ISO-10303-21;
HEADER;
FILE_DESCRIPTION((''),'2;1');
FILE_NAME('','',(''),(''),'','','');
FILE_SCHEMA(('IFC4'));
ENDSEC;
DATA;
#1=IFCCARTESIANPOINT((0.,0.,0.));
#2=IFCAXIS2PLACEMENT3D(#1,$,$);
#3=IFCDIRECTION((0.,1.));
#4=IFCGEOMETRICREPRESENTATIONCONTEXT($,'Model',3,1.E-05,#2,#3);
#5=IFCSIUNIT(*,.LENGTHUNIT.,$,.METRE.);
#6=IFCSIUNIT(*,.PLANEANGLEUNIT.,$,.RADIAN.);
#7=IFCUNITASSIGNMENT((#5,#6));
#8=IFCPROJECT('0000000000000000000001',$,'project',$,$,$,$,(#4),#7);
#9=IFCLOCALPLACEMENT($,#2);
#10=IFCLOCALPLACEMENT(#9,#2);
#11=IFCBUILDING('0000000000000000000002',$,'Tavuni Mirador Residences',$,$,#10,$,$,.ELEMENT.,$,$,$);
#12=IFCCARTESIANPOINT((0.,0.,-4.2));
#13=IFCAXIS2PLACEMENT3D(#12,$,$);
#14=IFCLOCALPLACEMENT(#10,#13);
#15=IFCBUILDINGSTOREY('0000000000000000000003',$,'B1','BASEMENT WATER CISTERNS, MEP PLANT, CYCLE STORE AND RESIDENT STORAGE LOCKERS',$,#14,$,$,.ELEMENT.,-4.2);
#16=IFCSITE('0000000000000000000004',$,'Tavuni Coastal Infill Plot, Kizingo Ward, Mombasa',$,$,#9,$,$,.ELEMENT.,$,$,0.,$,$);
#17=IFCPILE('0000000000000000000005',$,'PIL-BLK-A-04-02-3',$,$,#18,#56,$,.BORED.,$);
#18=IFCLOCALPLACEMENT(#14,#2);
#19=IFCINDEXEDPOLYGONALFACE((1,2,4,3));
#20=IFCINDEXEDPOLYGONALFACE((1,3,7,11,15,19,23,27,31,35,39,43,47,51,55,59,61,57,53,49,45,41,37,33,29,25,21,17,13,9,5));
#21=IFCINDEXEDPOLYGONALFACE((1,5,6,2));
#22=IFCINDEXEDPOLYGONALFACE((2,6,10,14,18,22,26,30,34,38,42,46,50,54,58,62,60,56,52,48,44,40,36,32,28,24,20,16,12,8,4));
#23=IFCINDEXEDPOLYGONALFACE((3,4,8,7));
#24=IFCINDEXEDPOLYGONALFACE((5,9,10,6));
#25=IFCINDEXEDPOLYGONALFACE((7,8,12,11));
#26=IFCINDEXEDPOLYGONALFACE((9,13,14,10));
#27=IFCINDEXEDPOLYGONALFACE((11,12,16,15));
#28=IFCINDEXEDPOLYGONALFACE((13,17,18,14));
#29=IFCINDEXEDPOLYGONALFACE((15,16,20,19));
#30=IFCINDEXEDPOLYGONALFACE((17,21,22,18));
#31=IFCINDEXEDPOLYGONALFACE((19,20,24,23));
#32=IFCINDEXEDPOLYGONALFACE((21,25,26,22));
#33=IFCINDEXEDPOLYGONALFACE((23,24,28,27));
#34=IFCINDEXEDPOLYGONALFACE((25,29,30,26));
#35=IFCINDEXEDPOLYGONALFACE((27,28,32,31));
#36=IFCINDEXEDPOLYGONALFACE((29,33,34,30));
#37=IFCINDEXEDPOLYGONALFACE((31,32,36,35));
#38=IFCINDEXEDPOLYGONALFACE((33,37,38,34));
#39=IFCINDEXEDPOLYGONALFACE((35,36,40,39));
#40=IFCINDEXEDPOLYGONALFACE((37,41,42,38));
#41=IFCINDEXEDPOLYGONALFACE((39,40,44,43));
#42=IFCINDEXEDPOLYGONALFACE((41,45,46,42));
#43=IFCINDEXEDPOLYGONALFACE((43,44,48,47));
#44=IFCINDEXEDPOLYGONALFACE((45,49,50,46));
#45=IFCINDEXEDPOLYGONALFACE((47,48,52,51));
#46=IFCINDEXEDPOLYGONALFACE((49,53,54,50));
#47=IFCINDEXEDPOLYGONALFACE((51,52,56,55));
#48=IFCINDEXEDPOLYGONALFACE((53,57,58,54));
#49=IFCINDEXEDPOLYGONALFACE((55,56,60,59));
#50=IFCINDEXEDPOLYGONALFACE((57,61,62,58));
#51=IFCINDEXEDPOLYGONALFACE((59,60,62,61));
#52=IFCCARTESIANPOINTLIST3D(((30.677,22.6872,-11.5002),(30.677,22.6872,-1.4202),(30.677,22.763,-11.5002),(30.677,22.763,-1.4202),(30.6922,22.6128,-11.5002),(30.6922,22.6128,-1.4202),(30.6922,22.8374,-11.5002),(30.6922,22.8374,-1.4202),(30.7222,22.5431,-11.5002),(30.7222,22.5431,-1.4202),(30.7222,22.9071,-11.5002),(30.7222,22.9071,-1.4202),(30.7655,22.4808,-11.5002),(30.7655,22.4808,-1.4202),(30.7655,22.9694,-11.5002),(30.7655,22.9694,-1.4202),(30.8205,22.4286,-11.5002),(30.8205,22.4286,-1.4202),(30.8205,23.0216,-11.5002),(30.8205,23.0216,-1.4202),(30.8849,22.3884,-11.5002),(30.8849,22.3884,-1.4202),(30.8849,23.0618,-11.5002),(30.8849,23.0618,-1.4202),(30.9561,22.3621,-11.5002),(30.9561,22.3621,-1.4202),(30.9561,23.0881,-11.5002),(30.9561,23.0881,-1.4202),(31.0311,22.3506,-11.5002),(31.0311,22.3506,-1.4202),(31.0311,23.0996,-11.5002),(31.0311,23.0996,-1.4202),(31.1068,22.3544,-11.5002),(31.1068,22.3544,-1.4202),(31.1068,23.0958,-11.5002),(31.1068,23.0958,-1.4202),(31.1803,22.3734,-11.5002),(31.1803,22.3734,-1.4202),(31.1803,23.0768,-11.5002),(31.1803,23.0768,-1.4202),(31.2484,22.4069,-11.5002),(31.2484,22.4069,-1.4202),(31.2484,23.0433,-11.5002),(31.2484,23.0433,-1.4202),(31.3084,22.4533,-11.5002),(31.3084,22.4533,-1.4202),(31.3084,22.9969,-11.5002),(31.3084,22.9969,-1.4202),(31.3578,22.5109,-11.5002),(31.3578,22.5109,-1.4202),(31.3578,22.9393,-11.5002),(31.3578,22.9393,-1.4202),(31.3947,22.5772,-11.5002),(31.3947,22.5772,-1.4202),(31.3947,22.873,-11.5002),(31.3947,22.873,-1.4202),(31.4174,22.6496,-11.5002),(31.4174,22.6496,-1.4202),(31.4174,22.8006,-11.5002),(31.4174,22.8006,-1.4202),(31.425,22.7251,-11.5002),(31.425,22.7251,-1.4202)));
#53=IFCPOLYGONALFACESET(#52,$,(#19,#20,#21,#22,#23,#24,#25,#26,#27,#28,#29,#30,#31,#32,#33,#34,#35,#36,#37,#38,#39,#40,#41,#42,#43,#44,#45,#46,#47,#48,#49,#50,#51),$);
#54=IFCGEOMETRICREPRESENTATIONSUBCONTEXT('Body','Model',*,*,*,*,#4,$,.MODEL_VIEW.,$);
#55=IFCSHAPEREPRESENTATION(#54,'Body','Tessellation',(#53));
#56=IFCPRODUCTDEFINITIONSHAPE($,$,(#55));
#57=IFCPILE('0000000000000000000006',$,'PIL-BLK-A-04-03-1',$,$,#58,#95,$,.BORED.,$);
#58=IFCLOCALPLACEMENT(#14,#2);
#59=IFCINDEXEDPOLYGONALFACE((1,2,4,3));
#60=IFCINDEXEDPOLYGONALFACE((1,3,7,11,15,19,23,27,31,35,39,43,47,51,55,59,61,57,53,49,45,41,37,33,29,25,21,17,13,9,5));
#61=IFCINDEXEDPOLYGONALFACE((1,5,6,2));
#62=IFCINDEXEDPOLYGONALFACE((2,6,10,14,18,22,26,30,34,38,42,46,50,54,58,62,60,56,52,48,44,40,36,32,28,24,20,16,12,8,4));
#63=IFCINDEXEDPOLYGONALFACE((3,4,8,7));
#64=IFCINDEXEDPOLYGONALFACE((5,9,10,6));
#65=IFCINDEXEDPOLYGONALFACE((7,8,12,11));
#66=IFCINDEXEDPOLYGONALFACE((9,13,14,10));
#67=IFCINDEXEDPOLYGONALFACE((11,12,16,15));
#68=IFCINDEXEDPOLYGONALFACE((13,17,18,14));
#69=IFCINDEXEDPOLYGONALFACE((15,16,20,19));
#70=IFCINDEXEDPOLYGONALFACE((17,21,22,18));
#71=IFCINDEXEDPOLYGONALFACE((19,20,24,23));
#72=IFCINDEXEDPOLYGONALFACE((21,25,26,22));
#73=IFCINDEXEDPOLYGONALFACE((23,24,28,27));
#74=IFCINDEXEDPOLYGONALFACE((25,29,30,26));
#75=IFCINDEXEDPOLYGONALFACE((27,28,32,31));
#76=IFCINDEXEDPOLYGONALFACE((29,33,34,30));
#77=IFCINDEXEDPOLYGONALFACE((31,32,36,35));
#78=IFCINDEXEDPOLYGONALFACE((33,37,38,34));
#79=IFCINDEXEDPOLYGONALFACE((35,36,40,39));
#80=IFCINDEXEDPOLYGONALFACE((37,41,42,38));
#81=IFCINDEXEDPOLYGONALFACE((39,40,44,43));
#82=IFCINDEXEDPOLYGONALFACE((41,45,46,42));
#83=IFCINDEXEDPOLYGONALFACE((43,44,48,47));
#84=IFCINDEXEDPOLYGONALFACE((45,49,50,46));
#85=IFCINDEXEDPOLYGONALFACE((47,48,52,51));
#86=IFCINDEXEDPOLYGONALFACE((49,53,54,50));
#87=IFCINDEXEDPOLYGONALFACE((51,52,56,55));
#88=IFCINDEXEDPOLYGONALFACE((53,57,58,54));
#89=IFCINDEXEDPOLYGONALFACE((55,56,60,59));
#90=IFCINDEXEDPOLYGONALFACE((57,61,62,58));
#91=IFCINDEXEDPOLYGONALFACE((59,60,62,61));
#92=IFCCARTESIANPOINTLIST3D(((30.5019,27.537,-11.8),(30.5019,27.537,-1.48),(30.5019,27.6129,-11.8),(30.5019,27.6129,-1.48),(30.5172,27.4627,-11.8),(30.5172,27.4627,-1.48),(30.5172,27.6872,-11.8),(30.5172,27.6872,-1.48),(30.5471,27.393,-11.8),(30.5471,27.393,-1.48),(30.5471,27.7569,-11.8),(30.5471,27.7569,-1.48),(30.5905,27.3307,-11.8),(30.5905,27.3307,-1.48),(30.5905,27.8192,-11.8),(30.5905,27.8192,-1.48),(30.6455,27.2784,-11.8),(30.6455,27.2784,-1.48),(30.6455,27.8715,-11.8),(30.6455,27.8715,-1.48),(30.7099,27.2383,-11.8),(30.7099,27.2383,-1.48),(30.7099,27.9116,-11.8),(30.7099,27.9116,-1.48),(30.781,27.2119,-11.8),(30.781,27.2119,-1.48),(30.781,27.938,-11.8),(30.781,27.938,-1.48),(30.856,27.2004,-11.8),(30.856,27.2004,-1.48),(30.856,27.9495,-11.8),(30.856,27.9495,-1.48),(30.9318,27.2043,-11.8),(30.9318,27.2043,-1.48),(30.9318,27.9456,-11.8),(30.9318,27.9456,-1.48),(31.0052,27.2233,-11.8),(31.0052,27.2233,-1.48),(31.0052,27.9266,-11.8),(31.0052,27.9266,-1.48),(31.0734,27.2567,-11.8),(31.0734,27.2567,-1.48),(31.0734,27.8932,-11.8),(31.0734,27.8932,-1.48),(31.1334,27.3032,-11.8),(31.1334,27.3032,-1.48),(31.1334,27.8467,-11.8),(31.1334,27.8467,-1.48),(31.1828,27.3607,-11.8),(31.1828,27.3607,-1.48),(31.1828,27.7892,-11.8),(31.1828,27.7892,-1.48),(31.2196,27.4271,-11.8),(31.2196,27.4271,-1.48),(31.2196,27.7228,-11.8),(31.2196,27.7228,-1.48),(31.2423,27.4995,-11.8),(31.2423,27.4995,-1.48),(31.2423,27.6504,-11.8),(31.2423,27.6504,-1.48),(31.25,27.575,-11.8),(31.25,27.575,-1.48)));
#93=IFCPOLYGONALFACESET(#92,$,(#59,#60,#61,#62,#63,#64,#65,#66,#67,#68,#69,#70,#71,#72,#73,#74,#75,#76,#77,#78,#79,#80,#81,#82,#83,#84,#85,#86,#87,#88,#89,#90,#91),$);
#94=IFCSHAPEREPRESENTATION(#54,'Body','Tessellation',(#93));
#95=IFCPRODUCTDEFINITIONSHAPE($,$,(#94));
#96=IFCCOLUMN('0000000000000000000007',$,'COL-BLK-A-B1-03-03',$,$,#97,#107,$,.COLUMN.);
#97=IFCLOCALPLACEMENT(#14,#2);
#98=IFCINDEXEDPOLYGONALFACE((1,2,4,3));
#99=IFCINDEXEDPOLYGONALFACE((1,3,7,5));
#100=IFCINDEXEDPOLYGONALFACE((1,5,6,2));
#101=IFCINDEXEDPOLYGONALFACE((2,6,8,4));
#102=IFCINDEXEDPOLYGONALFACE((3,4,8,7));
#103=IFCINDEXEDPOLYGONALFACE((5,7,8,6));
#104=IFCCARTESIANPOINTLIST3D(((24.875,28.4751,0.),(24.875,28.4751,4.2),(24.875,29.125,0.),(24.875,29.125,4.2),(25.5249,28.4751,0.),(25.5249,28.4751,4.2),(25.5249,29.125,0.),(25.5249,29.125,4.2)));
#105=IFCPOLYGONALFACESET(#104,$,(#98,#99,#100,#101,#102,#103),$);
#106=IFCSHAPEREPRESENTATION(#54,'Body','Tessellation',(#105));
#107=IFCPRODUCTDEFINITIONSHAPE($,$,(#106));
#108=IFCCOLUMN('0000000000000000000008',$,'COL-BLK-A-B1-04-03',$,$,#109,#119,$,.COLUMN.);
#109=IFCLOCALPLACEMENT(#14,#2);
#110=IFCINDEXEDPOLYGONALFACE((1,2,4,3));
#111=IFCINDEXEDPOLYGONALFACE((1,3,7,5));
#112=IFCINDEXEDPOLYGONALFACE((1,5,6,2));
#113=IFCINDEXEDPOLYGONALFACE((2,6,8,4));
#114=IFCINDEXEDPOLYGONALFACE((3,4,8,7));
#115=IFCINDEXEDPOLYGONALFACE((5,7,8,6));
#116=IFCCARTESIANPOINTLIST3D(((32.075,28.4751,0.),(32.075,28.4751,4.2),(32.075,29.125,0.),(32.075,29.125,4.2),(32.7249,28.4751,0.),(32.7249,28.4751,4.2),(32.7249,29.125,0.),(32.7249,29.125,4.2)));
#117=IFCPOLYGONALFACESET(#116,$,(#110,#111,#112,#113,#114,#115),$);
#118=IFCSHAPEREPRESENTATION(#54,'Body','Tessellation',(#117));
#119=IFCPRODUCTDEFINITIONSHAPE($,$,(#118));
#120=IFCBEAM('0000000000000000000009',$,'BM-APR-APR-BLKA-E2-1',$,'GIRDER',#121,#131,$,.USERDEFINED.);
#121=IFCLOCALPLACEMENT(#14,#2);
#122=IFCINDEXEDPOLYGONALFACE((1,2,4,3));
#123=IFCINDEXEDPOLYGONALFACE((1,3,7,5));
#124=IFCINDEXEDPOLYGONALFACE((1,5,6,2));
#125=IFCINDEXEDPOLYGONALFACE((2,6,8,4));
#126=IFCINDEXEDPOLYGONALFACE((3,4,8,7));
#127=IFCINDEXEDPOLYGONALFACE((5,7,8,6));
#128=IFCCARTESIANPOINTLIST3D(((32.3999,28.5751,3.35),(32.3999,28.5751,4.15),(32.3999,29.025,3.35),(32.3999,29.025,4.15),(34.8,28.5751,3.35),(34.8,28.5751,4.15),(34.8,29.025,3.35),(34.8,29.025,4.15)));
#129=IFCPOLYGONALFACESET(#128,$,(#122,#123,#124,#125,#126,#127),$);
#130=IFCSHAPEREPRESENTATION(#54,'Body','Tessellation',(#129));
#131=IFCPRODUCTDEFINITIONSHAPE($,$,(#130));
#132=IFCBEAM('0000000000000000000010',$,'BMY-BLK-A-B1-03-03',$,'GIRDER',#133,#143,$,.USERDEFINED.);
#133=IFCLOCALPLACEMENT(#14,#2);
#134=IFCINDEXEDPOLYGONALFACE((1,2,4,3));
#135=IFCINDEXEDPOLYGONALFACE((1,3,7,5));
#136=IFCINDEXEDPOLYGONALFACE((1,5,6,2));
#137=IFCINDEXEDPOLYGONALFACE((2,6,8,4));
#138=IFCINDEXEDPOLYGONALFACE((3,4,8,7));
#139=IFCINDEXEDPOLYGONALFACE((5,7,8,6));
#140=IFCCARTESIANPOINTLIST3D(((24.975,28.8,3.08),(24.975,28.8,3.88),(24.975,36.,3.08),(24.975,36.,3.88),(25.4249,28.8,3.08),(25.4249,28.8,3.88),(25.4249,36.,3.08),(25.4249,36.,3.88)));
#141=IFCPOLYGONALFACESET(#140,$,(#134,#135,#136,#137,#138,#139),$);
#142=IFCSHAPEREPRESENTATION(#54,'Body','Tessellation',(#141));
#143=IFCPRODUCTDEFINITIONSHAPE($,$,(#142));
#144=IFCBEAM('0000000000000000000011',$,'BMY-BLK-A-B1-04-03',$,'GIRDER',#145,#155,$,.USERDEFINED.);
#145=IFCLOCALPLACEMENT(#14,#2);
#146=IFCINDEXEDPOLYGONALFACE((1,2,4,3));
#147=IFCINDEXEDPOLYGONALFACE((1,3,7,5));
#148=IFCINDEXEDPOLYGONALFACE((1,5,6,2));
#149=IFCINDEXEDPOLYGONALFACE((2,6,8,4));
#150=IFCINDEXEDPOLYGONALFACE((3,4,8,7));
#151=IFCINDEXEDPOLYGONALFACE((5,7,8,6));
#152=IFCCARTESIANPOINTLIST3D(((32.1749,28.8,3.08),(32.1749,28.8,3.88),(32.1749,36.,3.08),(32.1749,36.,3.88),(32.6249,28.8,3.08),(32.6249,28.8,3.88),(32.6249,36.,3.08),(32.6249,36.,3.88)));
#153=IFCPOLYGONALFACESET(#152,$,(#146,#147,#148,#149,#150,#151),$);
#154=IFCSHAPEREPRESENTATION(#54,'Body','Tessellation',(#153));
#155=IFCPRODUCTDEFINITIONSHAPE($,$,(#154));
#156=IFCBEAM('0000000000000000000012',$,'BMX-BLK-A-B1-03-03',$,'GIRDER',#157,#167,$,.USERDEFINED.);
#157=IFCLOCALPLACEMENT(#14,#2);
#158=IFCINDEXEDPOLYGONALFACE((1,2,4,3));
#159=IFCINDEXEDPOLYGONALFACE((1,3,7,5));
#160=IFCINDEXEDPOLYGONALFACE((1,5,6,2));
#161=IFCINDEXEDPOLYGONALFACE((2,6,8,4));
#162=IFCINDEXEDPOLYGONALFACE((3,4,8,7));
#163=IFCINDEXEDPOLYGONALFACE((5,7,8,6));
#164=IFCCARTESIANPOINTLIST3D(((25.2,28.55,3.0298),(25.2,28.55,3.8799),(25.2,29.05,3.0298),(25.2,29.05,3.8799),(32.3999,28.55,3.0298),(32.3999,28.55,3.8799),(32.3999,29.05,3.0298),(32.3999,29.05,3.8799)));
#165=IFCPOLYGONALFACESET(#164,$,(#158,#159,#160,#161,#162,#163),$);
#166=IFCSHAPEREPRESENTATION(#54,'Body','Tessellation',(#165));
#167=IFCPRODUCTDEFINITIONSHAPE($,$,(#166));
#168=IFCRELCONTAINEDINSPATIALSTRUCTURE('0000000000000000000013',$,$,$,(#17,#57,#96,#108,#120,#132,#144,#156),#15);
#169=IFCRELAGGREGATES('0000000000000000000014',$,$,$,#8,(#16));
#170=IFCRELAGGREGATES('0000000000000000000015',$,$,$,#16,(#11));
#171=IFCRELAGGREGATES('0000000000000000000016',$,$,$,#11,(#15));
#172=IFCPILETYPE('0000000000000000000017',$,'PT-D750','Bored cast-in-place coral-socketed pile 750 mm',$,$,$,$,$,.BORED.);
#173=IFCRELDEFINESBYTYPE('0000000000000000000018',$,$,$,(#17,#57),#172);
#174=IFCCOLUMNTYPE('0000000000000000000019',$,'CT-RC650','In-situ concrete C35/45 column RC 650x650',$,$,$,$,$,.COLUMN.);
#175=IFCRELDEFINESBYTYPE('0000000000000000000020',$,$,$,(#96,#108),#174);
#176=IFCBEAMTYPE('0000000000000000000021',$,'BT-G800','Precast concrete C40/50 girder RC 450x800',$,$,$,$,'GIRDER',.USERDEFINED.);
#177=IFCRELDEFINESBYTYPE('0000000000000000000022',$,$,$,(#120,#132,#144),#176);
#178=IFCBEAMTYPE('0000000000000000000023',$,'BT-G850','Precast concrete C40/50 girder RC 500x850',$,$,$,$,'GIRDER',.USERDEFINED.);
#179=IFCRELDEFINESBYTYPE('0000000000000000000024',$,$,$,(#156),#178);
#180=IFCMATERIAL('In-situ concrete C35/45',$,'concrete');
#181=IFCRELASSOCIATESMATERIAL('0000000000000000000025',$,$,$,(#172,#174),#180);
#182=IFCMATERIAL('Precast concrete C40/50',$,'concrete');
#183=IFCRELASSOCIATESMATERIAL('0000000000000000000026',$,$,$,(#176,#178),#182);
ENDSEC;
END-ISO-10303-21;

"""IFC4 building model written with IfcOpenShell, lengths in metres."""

from ifc_helpers import new_model, si_unit, direction, frame, origin, origin_2d, place, context, subcontext, project, spatial, rectangle, circle, extrude, material, material_profile, profile_set, type_object, element, save


model = new_model("IFC4")

# Units and contexts
model_context = context("Model", 3, precision=1e-05, world=origin(), true_north=direction((0.0, 1.0)))
body_context = subcontext(model_context, "Body", "Model", "MODEL_VIEW")
ifc_project = project(units=[si_unit("LENGTHUNIT", "METRE"), si_unit("PLANEANGLEUNIT", "RADIAN")], contexts=[model_context])

# Site, building, storey
site_placement = place(None, origin())
site = spatial("IfcSite", under=ifc_project, at=site_placement, Name="Tavuni Coastal Infill Plot, Kizingo Ward, Mombasa", CompositionType="ELEMENT", RefElevation=0.0)
building_placement = place(site_placement, origin())
building = spatial("IfcBuilding", under=site, at=building_placement, Name="Tavuni Mirador Residences", CompositionType="ELEMENT")
storey_placement = place(building_placement, frame((0.0, 0.0, -4.2)))
storey = spatial("IfcBuildingStorey", under=building, at=storey_placement, Name="B1", Description="BASEMENT WATER CISTERNS, MEP PLANT, CYCLE STORE AND RESIDENT STORAGE LOCKERS", CompositionType="ELEMENT", Elevation=-4.2)

# Shared definitions
ifc_material_1 = material(Name="In-situ concrete C35/45", Category="concrete")

# Piles
ifc_material_profile_1 = material_profile(ifc_material_1, circle(Radius=0.375, at=origin_2d()), Name="PILE D750", Category="concrete")
ifc_profile_set_1 = profile_set([ifc_material_profile_1], Name="In-situ concrete C35/45")
pile_type_1 = type_object("IfcPileType", Name="PT-D750", Description="Bored cast-in-place coral-socketed pile 750 mm", PredefinedType="BORED", material=ifc_profile_set_1)
pile_1_placement = place(storey_placement, frame((31.05, 22.7251, -1.4202), z_axis=(0.0, 0.0, -1.0), x_axis=(1.0, 0.0, 0.0)))
element("IfcPile", 1, at=pile_1_placement, inside=storey, type_object=pile_type_1, Name="PIL-BLK-A-04-02-3", PredefinedType="BORED", context=body_context, shape_type="SweptSolid", body=[
    extrude(circle(Radius=0.375, at=origin_2d()), origin(), (0.0, 0.0, 1.0), 10.0801),
])
pile_2_placement = place(storey_placement, frame((30.875, 27.575, -1.48), z_axis=(0.0, 0.0, -1.0), x_axis=(1.0, 0.0, 0.0)))
element("IfcPile", 2, at=pile_2_placement, inside=storey, type_object=pile_type_1, Name="PIL-BLK-A-04-03-1", PredefinedType="BORED", context=body_context, shape_type="SweptSolid", body=[
    extrude(circle(Radius=0.375, at=origin_2d()), origin(), (0.0, 0.0, 1.0), 10.3201),
])

# Columns
ifc_material_profile_2 = material_profile(ifc_material_1, rectangle(XDim=0.6499, YDim=0.6499, at=origin_2d()), Name="RC 650x650", Category="concrete")
ifc_profile_set_2 = profile_set([ifc_material_profile_2], Name="In-situ concrete C35/45")
column_type = type_object("IfcColumnType", Name="CT-RC650", Description="In-situ concrete C35/45 column RC 650x650", PredefinedType="COLUMN", material=ifc_profile_set_2)
for number, where, z_axis, x_axis, name in (
    (3, (25.2, 28.8, 0.0), (0.0, 0.0, 1.0), (1.0, 0.0, 0.0), "COL-BLK-A-B1-03-03"),
    (4, (32.3999, 28.8, 0.0), (0.0, 0.0, 1.0), (1.0, 0.0, 0.0), "COL-BLK-A-B1-04-03"),
):
    element("IfcColumn", number, at=place(storey_placement, frame(where, z_axis=z_axis, x_axis=x_axis)), inside=storey, type_object=column_type, Name=name, PredefinedType="COLUMN", context=body_context, shape_type="SweptSolid", body=[
        extrude(rectangle(XDim=0.6499, YDim=0.6499, at=origin_2d()), origin(), (0.0, 0.0, 1.0), 4.2),
    ])

# Beams
ifc_material_2 = material(Name="Precast concrete C40/50", Category="concrete")
ifc_material_profile_3 = material_profile(ifc_material_2, rectangle(XDim=0.45, YDim=0.8, at=origin_2d()), Name="RC 450x800", Category="concrete")
ifc_profile_set_3 = profile_set([ifc_material_profile_3], Name="Precast concrete C40/50")
beam_type_1 = type_object("IfcBeamType", Name="BT-G800", Description="Precast concrete C40/50 girder RC 450x800", ElementType="GIRDER", PredefinedType="USERDEFINED", material=ifc_profile_set_3)
beam_1_placement = place(storey_placement, frame((32.3999, 28.8, 3.75), z_axis=(1.0, 0.0, 0.0), x_axis=(0.0, 1.0, 0.0)))
element("IfcBeam", 5, at=beam_1_placement, inside=storey, type_object=beam_type_1, Name="BM-APR-APR-BLKA-E2-1", ObjectType="GIRDER", PredefinedType="USERDEFINED", context=body_context, shape_type="SweptSolid", body=[
    extrude(rectangle(XDim=0.45, YDim=0.8, at=origin_2d()), origin(), (0.0, 0.0, 1.0), 2.4001),
])
for number, where, z_axis, x_axis, name in (
    (6, (25.2, 28.8, 3.48), (0.0, 1.0, 0.0), (-1.0, 0.0, 0.0), "BMY-BLK-A-B1-03-03"),
    (7, (32.3999, 28.8, 3.48), (0.0, 1.0, 0.0), (-1.0, 0.0, 0.0), "BMY-BLK-A-B1-04-03"),
):
    element("IfcBeam", number, at=place(storey_placement, frame(where, z_axis=z_axis, x_axis=x_axis)), inside=storey, type_object=beam_type_1, Name=name, ObjectType="GIRDER", PredefinedType="USERDEFINED", context=body_context, shape_type="SweptSolid", body=[
        extrude(rectangle(XDim=0.45, YDim=0.8, at=origin_2d()), origin(), (0.0, 0.0, 1.0), 7.2),
    ])
ifc_material_profile_4 = material_profile(ifc_material_2, rectangle(XDim=0.5, YDim=0.8501, at=origin_2d()), Name="RC 500x850", Category="concrete")
ifc_profile_set_4 = profile_set([ifc_material_profile_4], Name="Precast concrete C40/50")
beam_type_2 = type_object("IfcBeamType", Name="BT-G850", Description="Precast concrete C40/50 girder RC 500x850", ElementType="GIRDER", PredefinedType="USERDEFINED", material=ifc_profile_set_4)
beam_2_placement = place(storey_placement, frame((25.2, 28.8, 3.4548), z_axis=(1.0, 0.0, 0.0), x_axis=(0.0, 1.0, 0.0)))
element("IfcBeam", 8, at=beam_2_placement, inside=storey, type_object=beam_type_2, Name="BMX-BLK-A-B1-03-03", ObjectType="GIRDER", PredefinedType="USERDEFINED", context=body_context, shape_type="SweptSolid", body=[
    extrude(rectangle(XDim=0.5, YDim=0.8501, at=origin_2d()), origin(), (0.0, 0.0, 1.0), 7.2),
])

save(model, "model.ifc")
